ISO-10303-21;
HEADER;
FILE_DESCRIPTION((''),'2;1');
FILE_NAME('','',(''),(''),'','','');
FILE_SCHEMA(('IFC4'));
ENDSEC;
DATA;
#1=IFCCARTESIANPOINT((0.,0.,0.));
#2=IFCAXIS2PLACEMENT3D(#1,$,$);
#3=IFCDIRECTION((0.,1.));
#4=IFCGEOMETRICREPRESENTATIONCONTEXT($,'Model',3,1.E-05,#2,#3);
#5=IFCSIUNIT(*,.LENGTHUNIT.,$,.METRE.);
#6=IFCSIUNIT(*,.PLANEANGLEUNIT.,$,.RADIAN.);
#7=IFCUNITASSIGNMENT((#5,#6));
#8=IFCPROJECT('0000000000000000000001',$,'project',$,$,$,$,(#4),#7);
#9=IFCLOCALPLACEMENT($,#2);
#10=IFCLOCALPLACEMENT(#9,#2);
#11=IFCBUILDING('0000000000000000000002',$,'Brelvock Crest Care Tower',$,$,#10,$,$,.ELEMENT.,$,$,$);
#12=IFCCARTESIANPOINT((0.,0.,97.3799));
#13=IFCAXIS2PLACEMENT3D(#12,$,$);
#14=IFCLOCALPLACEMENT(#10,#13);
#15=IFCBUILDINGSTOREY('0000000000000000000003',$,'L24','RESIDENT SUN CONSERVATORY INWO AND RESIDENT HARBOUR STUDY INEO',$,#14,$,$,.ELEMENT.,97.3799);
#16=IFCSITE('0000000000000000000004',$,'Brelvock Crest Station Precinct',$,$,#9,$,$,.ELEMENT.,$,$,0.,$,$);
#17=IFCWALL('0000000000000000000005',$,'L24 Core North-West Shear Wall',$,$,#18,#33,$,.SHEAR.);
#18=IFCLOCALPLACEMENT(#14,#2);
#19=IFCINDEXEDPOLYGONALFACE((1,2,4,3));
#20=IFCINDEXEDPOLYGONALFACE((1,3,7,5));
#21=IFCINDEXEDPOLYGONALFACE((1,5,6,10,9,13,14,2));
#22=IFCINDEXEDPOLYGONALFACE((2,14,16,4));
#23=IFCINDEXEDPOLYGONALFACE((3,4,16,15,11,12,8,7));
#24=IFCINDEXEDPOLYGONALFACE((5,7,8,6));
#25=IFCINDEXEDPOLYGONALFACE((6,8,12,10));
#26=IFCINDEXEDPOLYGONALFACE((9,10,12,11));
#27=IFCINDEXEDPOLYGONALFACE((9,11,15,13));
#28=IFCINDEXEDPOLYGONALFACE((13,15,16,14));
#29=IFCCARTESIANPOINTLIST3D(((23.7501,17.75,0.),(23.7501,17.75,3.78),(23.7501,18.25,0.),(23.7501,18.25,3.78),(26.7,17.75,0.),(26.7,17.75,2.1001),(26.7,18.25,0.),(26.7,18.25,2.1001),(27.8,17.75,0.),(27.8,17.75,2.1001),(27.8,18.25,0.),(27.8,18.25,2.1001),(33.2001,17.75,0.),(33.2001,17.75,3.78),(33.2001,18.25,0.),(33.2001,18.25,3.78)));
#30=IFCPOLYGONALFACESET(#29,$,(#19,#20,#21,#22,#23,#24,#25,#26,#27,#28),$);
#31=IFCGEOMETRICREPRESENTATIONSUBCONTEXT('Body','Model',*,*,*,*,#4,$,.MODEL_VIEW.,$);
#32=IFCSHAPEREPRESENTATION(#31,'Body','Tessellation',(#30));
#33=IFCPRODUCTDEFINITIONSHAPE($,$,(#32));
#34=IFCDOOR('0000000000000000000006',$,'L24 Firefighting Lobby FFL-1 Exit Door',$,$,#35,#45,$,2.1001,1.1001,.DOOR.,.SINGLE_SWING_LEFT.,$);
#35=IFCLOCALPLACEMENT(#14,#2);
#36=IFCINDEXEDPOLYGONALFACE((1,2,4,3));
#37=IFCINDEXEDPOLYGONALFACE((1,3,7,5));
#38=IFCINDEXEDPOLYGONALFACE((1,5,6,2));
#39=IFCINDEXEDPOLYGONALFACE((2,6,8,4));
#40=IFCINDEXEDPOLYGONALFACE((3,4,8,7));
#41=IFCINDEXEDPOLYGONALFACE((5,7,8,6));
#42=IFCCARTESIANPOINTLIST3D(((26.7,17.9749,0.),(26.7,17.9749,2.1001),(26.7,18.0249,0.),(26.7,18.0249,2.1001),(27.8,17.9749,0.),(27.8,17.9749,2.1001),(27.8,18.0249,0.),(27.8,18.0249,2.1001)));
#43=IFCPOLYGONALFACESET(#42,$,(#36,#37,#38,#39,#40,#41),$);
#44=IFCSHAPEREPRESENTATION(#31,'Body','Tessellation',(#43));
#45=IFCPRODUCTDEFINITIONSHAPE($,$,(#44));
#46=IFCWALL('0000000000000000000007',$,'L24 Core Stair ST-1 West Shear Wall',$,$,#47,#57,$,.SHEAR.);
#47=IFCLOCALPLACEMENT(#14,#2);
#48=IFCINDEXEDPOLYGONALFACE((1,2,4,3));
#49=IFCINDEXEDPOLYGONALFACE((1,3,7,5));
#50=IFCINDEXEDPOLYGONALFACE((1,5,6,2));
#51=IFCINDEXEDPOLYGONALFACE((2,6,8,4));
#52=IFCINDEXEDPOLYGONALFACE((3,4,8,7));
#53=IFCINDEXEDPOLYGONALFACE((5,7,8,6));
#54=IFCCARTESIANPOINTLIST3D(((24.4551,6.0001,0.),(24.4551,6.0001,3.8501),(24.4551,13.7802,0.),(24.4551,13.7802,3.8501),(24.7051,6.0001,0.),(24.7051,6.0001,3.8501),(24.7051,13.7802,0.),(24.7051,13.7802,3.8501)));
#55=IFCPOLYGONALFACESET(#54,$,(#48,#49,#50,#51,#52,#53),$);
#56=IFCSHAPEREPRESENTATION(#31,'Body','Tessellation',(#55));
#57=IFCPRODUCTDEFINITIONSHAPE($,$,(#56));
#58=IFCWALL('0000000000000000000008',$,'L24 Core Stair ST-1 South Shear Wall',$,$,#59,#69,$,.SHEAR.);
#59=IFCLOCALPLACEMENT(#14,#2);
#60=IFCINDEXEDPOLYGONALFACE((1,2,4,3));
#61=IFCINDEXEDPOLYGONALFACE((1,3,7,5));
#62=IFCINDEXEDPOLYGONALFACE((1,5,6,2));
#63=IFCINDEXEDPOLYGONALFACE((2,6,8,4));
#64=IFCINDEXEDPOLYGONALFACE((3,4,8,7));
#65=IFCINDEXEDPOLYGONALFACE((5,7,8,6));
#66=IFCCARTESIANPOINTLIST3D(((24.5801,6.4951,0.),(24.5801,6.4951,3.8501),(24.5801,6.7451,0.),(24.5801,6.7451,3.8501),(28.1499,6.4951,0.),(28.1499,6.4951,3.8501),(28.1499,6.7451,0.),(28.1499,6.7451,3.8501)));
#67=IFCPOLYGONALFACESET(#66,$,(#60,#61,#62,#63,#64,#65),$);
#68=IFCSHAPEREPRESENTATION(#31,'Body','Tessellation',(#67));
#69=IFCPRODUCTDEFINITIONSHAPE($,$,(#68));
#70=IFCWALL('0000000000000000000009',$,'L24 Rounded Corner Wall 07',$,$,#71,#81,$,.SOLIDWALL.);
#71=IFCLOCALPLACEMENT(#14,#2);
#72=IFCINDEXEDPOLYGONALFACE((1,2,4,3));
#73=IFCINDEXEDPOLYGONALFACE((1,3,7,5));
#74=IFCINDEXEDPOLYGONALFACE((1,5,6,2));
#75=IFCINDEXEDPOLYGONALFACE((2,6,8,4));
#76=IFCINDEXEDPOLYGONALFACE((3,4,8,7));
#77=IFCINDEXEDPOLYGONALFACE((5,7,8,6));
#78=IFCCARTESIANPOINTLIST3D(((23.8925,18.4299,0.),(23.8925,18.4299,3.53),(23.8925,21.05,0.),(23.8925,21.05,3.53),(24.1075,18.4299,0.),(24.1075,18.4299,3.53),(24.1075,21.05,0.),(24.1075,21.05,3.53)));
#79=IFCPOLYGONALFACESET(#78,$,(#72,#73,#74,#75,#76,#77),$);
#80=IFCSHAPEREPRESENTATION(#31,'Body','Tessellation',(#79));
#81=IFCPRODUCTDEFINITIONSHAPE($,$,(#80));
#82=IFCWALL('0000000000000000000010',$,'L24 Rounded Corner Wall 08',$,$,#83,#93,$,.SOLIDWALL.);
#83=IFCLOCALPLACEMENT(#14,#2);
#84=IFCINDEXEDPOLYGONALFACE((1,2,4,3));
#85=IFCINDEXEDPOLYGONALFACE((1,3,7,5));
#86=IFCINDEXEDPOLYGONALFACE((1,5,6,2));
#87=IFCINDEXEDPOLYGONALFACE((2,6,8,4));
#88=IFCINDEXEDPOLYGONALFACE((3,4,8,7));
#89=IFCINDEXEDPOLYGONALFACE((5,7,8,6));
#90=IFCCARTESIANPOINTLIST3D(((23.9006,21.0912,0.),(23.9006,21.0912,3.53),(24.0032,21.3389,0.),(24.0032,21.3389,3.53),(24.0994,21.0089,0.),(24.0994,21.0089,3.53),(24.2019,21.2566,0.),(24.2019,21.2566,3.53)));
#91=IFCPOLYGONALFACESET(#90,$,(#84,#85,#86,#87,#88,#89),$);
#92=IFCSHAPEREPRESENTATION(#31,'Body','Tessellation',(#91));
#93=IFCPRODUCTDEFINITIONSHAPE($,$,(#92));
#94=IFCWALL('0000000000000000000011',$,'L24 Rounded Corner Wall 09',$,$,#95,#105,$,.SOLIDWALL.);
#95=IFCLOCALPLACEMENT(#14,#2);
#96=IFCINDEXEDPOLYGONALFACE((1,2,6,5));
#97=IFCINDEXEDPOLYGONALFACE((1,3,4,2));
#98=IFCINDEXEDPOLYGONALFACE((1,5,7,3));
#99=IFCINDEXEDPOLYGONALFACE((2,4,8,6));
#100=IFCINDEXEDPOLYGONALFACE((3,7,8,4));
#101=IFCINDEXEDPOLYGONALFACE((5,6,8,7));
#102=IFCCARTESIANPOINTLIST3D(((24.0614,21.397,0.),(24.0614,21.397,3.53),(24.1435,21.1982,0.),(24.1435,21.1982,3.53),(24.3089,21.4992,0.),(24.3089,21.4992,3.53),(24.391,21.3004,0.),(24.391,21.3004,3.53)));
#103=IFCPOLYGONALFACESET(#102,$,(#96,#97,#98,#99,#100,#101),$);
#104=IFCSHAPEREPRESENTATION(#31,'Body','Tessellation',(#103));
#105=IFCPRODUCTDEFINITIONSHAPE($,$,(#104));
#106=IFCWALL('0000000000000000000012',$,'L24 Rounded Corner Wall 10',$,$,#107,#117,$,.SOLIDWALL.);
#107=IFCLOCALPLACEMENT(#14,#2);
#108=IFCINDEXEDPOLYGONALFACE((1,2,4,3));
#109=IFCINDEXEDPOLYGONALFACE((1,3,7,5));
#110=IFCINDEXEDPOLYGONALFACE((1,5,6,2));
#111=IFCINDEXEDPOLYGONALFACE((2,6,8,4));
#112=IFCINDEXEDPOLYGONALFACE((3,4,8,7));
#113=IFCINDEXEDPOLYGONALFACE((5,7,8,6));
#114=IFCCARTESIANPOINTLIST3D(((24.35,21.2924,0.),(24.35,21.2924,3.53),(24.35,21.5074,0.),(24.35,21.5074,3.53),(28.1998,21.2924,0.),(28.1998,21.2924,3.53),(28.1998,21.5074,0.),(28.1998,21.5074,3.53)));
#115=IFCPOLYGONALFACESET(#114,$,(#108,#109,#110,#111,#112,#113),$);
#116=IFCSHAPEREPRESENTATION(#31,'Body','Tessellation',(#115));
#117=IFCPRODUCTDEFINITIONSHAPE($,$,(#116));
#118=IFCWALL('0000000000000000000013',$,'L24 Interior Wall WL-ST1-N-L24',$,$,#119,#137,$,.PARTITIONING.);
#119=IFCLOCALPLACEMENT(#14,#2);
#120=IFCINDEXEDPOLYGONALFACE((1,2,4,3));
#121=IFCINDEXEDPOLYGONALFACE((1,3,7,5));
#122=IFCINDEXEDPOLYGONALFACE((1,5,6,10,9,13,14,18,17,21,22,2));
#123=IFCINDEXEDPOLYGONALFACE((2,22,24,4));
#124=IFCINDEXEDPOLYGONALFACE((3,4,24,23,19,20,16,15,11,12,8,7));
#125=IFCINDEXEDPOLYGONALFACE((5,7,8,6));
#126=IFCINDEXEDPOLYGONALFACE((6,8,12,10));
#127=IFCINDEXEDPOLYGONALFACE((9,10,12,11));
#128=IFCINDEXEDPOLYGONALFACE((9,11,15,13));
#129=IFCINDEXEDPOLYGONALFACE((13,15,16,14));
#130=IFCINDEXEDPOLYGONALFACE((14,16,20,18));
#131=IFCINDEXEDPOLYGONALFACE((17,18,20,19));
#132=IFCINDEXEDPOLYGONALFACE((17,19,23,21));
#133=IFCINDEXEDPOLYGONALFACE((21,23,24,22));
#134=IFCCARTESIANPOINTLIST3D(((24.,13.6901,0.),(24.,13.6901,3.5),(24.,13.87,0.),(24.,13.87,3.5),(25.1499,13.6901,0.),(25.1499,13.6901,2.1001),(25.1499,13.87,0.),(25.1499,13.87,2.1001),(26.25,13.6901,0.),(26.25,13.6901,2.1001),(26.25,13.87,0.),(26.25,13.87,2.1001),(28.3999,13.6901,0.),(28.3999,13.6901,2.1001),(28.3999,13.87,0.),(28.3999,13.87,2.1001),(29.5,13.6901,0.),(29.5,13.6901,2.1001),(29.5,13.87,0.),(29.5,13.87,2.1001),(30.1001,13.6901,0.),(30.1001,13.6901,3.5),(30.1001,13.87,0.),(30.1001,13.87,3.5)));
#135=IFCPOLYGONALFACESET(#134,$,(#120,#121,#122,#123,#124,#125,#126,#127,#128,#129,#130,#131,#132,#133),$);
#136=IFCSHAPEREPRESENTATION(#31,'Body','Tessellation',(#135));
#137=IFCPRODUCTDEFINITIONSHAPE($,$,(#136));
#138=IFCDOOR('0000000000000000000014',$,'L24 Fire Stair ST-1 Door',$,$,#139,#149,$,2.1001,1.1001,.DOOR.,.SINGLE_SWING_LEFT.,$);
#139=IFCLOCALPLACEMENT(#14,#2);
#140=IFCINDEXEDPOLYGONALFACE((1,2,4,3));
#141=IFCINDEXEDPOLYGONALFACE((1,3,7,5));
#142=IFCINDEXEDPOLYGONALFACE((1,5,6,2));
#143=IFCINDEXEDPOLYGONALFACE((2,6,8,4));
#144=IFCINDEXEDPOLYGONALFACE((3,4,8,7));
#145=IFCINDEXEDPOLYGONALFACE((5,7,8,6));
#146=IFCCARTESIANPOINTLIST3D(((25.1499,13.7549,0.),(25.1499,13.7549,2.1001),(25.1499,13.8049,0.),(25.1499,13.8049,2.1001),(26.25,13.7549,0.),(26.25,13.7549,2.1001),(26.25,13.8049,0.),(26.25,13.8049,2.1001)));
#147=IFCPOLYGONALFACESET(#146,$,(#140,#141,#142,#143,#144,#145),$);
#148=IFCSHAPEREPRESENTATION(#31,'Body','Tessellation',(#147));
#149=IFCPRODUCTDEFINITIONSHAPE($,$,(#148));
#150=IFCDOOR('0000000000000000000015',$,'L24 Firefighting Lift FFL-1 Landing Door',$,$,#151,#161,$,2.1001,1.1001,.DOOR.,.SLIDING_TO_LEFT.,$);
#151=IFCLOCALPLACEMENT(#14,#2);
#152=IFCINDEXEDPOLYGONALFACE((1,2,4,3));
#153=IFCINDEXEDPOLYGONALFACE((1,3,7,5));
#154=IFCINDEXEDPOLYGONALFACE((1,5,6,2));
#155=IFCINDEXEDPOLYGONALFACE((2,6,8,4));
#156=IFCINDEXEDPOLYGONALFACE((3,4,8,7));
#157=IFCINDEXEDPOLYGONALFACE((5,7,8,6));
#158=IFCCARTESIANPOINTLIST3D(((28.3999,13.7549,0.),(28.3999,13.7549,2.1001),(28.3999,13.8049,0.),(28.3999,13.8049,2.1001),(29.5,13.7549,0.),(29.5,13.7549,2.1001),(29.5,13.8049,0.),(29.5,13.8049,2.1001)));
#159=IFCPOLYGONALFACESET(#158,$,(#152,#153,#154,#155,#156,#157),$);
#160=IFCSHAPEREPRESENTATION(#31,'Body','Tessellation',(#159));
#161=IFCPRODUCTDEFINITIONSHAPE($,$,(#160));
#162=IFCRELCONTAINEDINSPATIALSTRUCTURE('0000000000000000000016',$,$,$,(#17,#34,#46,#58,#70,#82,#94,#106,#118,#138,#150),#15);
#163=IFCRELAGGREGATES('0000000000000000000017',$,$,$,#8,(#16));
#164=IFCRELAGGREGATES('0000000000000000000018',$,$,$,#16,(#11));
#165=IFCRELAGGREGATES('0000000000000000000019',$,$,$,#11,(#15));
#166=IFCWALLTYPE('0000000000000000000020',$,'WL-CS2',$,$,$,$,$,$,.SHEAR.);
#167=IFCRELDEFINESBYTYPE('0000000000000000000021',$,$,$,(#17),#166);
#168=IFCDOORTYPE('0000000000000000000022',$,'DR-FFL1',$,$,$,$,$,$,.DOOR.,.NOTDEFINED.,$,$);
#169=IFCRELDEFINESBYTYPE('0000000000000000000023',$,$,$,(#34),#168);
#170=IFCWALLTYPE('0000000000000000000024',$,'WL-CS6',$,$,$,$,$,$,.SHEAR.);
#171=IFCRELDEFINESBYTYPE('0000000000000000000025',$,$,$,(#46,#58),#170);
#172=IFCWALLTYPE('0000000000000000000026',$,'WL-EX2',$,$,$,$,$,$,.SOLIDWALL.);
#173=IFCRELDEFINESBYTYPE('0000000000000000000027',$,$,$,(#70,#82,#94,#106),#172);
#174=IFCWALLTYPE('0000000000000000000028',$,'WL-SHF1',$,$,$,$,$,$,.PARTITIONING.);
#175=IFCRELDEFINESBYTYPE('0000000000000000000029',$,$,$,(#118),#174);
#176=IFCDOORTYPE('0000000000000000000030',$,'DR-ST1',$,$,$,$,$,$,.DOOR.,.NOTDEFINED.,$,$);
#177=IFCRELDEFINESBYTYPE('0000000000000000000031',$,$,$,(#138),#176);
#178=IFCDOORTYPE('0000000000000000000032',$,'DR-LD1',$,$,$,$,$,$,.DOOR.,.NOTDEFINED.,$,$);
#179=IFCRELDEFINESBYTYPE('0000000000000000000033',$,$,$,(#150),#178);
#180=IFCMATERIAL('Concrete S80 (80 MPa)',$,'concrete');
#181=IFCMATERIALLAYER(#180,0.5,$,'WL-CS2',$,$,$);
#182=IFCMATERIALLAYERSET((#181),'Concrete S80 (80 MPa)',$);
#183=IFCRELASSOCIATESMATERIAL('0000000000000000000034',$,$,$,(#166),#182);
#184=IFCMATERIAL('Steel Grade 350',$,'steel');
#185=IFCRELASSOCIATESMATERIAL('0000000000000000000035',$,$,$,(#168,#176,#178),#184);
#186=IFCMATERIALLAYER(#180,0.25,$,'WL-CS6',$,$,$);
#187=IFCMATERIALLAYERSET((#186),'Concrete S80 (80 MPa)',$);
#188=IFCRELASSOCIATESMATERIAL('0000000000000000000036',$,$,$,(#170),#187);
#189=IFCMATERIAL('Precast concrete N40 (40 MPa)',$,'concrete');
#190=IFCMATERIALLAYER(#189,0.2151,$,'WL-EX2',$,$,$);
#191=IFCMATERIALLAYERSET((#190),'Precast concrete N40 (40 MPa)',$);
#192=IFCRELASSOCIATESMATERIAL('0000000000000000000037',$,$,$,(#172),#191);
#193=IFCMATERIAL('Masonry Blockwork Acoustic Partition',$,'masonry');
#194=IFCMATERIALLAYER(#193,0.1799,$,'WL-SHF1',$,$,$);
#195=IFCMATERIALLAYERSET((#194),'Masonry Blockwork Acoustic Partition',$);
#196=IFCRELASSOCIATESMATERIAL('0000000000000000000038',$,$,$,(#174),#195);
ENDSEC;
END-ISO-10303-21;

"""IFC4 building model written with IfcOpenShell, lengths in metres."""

from ifc_helpers import new_model, si_unit, direction, frame, frame_2d, origin, origin_2d, place, context, subcontext, project, spatial, rectangle, extrude, source, transform, mapped, material, layer, layer_set, type_object, element, fill, save


model = new_model("IFC4")

# Units and contexts
model_context = context("Model", 3, precision=1e-05, world=origin(), true_north=direction((0.0, 1.0)))
body_context = subcontext(model_context, "Body", "Model", "MODEL_VIEW")
ifc_project = project(units=[si_unit("LENGTHUNIT", "METRE"), si_unit("PLANEANGLEUNIT", "RADIAN")], contexts=[model_context])

# Site, building, storey
site_placement = place(None, origin())
site = spatial("IfcSite", under=ifc_project, at=site_placement, Name="Brelvock Crest Station Precinct", CompositionType="ELEMENT", RefElevation=0.0)
building_placement = place(site_placement, origin())
building = spatial("IfcBuilding", under=site, at=building_placement, Name="Brelvock Crest Care Tower", CompositionType="ELEMENT")
storey_placement = place(building_placement, frame((0.0, 0.0, 97.3799)))
storey = spatial("IfcBuildingStorey", under=building, at=storey_placement, Name="L24", Description="RESIDENT SUN CONSERVATORY INWO AND RESIDENT HARBOUR STUDY INEO", CompositionType="ELEMENT", Elevation=97.3799)

# Shared definitions
ifc_material_1 = material(Name="Concrete S80 (80 MPa)", Category="concrete")

# Shared definitions
ifc_material_2 = material(Name="Steel Grade 350", Category="steel")

# Shared definitions
ifc_layer_1 = layer(ifc_material_1, 0.5, Name="WL-CS2")
ifc_layer_set_1 = layer_set([ifc_layer_1], Name="Concrete S80 (80 MPa)")
wall_type_1 = type_object("IfcWallType", Name="WL-CS2", PredefinedType="SHEAR", material=ifc_layer_set_1)

# Wall, opening, door
wall_1_placement = place(storey_placement, frame((23.75, 18.0, 0.0), z_axis=(0.0, 0.0, 1.0), x_axis=(1.0, 0.0, 0.0)))
wall_1 = element("IfcWall", 1, at=wall_1_placement, inside=storey, type_object=wall_type_1, Name="L24 Core North-West Shear Wall", PredefinedType="SHEAR", context=body_context, shape_type="SweptSolid", body=[
    extrude(rectangle(XDim=9.45, YDim=0.5, at=frame_2d((4.7251, 0.0))), origin(), (0.0, 0.0, 1.0), 3.78),
])
opening_1_placement = place(wall_1_placement, frame((2.95, 0.0, 0.0)))
opening_1 = element("IfcOpeningElement", 2, at=opening_1_placement, cuts=wall_1, PredefinedType="OPENING", context=body_context, shape_type="SweptSolid", body=[
    extrude(rectangle(XDim=1.1001, YDim=2.1001, at=origin_2d()), frame((0.55, 0.26, 1.05), z_axis=(0.0, -1.0, 0.0), x_axis=(1.0, 0.0, 0.0)), (0.0, 0.0, 1.0), 0.52),
])
door_type_1 = type_object("IfcDoorType", Name="DR-FFL1", OperationType="NOTDEFINED", PredefinedType="DOOR", material=ifc_material_2)
shared_shape_1 = source(origin(), body_context, "Body", "SweptSolid", [
    extrude(rectangle(XDim=1.1001, YDim=2.1001, at=origin_2d()), frame((0.55, 0.0249, 1.05), z_axis=(0.0, -1.0, 0.0), x_axis=(1.0, 0.0, 0.0)), (0.0, 0.0, 1.0), 0.05),
])
door_1_placement = place(opening_1_placement, origin())
door_1 = element("IfcDoor", 3, at=door_1_placement, inside=storey, type_object=door_type_1, Name="L24 Firefighting Lobby FFL-1 Exit Door", OperationType="SINGLE_SWING_LEFT", OverallHeight=2.1001, OverallWidth=1.1001, PredefinedType="DOOR", context=body_context, shape_type="MappedRepresentation", body=[
    mapped(shared_shape_1, transform((0.0, 0.0, 0.0), x_axis=(1.0, 0.0, 0.0), y_axis=(0.0, 1.0, 0.0), z_axis=(0.0, 0.0, 1.0), scale=1.0)),
])
fill(opening_1, door_1)

# Walls
ifc_layer_2 = layer(ifc_material_1, 0.25, Name="WL-CS6")
ifc_layer_set_2 = layer_set([ifc_layer_2], Name="Concrete S80 (80 MPa)")
wall_type_2 = type_object("IfcWallType", Name="WL-CS6", PredefinedType="SHEAR", material=ifc_layer_set_2)
wall_2_placement = place(storey_placement, frame((24.5801, 6.0, 0.0), z_axis=(0.0, 0.0, 1.0), x_axis=(0.0, 1.0, 0.0)))
element("IfcWall", 4, at=wall_2_placement, inside=storey, type_object=wall_type_2, Name="L24 Core Stair ST-1 West Shear Wall", PredefinedType="SHEAR", context=body_context, shape_type="SweptSolid", body=[
    extrude(rectangle(XDim=7.78, YDim=0.25, at=frame_2d((3.8901, 0.0))), origin(), (0.0, 0.0, 1.0), 3.8501),
])
wall_3_placement = place(storey_placement, frame((24.5801, 6.6201, 0.0), z_axis=(0.0, 0.0, 1.0), x_axis=(1.0, 0.0, 0.0)))
element("IfcWall", 5, at=wall_3_placement, inside=storey, type_object=wall_type_2, Name="L24 Core Stair ST-1 South Shear Wall", PredefinedType="SHEAR", context=body_context, shape_type="SweptSolid", body=[
    extrude(rectangle(XDim=3.5698, YDim=0.25, at=frame_2d((1.7849, 0.0))), origin(), (0.0, 0.0, 1.0), 3.8501),
])
ifc_material_3 = material(Name="Precast concrete N40 (40 MPa)", Category="concrete")
ifc_layer_3 = layer(ifc_material_3, 0.2151, Name="WL-EX2")
ifc_layer_set_3 = layer_set([ifc_layer_3], Name="Precast concrete N40 (40 MPa)")
wall_type_3 = type_object("IfcWallType", Name="WL-EX2", PredefinedType="SOLIDWALL", material=ifc_layer_set_3)
wall_4_placement = place(storey_placement, frame((24.0, 18.4299, 0.0), z_axis=(0.0, 0.0, 1.0), x_axis=(0.0, 1.0, 0.0)))
element("IfcWall", 6, at=wall_4_placement, inside=storey, type_object=wall_type_3, Name="L24 Rounded Corner Wall 07", PredefinedType="SOLIDWALL", context=body_context, shape_type="SweptSolid", body=[
    extrude(rectangle(XDim=2.6201, YDim=0.2151, at=frame_2d((1.3101, 0.0))), origin(), (0.0, 0.0, 1.0), 3.53),
])
wall_5_placement = place(storey_placement, frame((24.0, 21.05, 0.0), z_axis=(0.0, 0.0, 1.0), x_axis=(0.382674, 0.923884, 0.0)))
element("IfcWall", 7, at=wall_5_placement, inside=storey, type_object=wall_type_3, Name="L24 Rounded Corner Wall 08", PredefinedType="SOLIDWALL", context=body_context, shape_type="SweptSolid", body=[
    extrude(rectangle(XDim=0.2681, YDim=0.2151, at=frame_2d((0.134, 0.0))), origin(), (0.0, 0.0, 1.0), 3.53),
])
wall_6_placement = place(storey_placement, frame((24.1025, 21.2976, 0.0), z_axis=(0.0, 0.0, 1.0), x_axis=(0.924205, 0.381896, 0.0)))
element("IfcWall", 8, at=wall_6_placement, inside=storey, type_object=wall_type_3, Name="L24 Rounded Corner Wall 09", PredefinedType="SOLIDWALL", context=body_context, shape_type="SweptSolid", body=[
    extrude(rectangle(XDim=0.2678, YDim=0.2151, at=frame_2d((0.1338, 0.0))), origin(), (0.0, 0.0, 1.0), 3.53),
])
wall_7_placement = place(storey_placement, frame((24.3501, 21.3999, 0.0), z_axis=(0.0, 0.0, 1.0), x_axis=(1.0, 0.0, 0.0)))
element("IfcWall", 9, at=wall_7_placement, inside=storey, type_object=wall_type_3, Name="L24 Rounded Corner Wall 10", PredefinedType="SOLIDWALL", context=body_context, shape_type="SweptSolid", body=[
    extrude(rectangle(XDim=3.8499, YDim=0.2151, at=frame_2d((1.9248, 0.0))), origin(), (0.0, 0.0, 1.0), 3.53),
])

# Wall, openings, doors
ifc_material_4 = material(Name="Masonry Blockwork Acoustic Partition", Category="masonry")
ifc_layer_4 = layer(ifc_material_4, 0.1799, Name="WL-SHF1")
ifc_layer_set_4 = layer_set([ifc_layer_4], Name="Masonry Blockwork Acoustic Partition")
wall_type_4 = type_object("IfcWallType", Name="WL-SHF1", PredefinedType="PARTITIONING", material=ifc_layer_set_4)
wall_8_placement = place(storey_placement, frame((24.0, 13.78, 0.0), z_axis=(0.0, 0.0, 1.0), x_axis=(1.0, 0.0, 0.0)))
wall_8 = element("IfcWall", 10, at=wall_8_placement, inside=storey, type_object=wall_type_4, Name="L24 Interior Wall WL-ST1-N-L24", PredefinedType="PARTITIONING", context=body_context, shape_type="SweptSolid", body=[
    extrude(rectangle(XDim=6.1001, YDim=0.1799, at=frame_2d((3.05, 0.0))), origin(), (0.0, 0.0, 1.0), 3.5),
])
opening_2_placement = place(wall_8_placement, frame((1.1499, 0.0, 0.0)))
opening_2 = element("IfcOpeningElement", 11, at=opening_2_placement, cuts=wall_8, PredefinedType="OPENING", context=body_context, shape_type="SweptSolid", body=[
    extrude(rectangle(XDim=1.1001, YDim=2.1001, at=origin_2d()), frame((0.55, 0.1001, 1.05), z_axis=(0.0, -1.0, 0.0), x_axis=(1.0, 0.0, 0.0)), (0.0, 0.0, 1.0), 0.2),
])
opening_3_placement = place(wall_8_placement, frame((4.3999, 0.0, 0.0)))
opening_3 = element("IfcOpeningElement", 12, at=opening_3_placement, cuts=wall_8, PredefinedType="OPENING", context=body_context, shape_type="SweptSolid", body=[
    extrude(rectangle(XDim=1.1001, YDim=2.1001, at=origin_2d()), frame((0.55, 0.1001, 1.05), z_axis=(0.0, -1.0, 0.0), x_axis=(1.0, 0.0, 0.0)), (0.0, 0.0, 1.0), 0.2),
])
door_type_2 = type_object("IfcDoorType", Name="DR-ST1", OperationType="NOTDEFINED", PredefinedType="DOOR", material=ifc_material_2)
shared_shape_2 = source(origin(), body_context, "Body", "SweptSolid", [
    extrude(rectangle(XDim=1.1001, YDim=2.1001, at=origin_2d()), frame((0.55, 0.0249, 1.05), z_axis=(0.0, -1.0, 0.0), x_axis=(1.0, 0.0, 0.0)), (0.0, 0.0, 1.0), 0.05),
])
door_2_placement = place(opening_2_placement, origin())
door_2 = element("IfcDoor", 13, at=door_2_placement, inside=storey, type_object=door_type_2, Name="L24 Fire Stair ST-1 Door", OperationType="SINGLE_SWING_LEFT", OverallHeight=2.1001, OverallWidth=1.1001, PredefinedType="DOOR", context=body_context, shape_type="MappedRepresentation", body=[
    mapped(shared_shape_2, transform((0.0, 0.0, 0.0), x_axis=(1.0, 0.0, 0.0), y_axis=(0.0, 1.0, 0.0), z_axis=(0.0, 0.0, 1.0), scale=1.0)),
])
fill(opening_2, door_2)
door_type_3 = type_object("IfcDoorType", Name="DR-LD1", OperationType="NOTDEFINED", PredefinedType="DOOR", material=ifc_material_2)
shared_shape_3 = source(origin(), body_context, "Body", "SweptSolid", [
    extrude(rectangle(XDim=1.1001, YDim=2.1001, at=origin_2d()), frame((0.55, 0.0249, 1.05), z_axis=(0.0, -1.0, 0.0), x_axis=(1.0, 0.0, 0.0)), (0.0, 0.0, 1.0), 0.05),
])
door_3_placement = place(opening_3_placement, origin())
door_3 = element("IfcDoor", 14, at=door_3_placement, inside=storey, type_object=door_type_3, Name="L24 Firefighting Lift FFL-1 Landing Door", OperationType="SLIDING_TO_LEFT", OverallHeight=2.1001, OverallWidth=1.1001, PredefinedType="DOOR", context=body_context, shape_type="MappedRepresentation", body=[
    mapped(shared_shape_3, transform((0.0, 0.0, 0.0), x_axis=(1.0, 0.0, 0.0), y_axis=(0.0, 1.0, 0.0), z_axis=(0.0, 0.0, 1.0), scale=1.0)),
])
fill(opening_3, door_3)

save(model, "model.ifc")
